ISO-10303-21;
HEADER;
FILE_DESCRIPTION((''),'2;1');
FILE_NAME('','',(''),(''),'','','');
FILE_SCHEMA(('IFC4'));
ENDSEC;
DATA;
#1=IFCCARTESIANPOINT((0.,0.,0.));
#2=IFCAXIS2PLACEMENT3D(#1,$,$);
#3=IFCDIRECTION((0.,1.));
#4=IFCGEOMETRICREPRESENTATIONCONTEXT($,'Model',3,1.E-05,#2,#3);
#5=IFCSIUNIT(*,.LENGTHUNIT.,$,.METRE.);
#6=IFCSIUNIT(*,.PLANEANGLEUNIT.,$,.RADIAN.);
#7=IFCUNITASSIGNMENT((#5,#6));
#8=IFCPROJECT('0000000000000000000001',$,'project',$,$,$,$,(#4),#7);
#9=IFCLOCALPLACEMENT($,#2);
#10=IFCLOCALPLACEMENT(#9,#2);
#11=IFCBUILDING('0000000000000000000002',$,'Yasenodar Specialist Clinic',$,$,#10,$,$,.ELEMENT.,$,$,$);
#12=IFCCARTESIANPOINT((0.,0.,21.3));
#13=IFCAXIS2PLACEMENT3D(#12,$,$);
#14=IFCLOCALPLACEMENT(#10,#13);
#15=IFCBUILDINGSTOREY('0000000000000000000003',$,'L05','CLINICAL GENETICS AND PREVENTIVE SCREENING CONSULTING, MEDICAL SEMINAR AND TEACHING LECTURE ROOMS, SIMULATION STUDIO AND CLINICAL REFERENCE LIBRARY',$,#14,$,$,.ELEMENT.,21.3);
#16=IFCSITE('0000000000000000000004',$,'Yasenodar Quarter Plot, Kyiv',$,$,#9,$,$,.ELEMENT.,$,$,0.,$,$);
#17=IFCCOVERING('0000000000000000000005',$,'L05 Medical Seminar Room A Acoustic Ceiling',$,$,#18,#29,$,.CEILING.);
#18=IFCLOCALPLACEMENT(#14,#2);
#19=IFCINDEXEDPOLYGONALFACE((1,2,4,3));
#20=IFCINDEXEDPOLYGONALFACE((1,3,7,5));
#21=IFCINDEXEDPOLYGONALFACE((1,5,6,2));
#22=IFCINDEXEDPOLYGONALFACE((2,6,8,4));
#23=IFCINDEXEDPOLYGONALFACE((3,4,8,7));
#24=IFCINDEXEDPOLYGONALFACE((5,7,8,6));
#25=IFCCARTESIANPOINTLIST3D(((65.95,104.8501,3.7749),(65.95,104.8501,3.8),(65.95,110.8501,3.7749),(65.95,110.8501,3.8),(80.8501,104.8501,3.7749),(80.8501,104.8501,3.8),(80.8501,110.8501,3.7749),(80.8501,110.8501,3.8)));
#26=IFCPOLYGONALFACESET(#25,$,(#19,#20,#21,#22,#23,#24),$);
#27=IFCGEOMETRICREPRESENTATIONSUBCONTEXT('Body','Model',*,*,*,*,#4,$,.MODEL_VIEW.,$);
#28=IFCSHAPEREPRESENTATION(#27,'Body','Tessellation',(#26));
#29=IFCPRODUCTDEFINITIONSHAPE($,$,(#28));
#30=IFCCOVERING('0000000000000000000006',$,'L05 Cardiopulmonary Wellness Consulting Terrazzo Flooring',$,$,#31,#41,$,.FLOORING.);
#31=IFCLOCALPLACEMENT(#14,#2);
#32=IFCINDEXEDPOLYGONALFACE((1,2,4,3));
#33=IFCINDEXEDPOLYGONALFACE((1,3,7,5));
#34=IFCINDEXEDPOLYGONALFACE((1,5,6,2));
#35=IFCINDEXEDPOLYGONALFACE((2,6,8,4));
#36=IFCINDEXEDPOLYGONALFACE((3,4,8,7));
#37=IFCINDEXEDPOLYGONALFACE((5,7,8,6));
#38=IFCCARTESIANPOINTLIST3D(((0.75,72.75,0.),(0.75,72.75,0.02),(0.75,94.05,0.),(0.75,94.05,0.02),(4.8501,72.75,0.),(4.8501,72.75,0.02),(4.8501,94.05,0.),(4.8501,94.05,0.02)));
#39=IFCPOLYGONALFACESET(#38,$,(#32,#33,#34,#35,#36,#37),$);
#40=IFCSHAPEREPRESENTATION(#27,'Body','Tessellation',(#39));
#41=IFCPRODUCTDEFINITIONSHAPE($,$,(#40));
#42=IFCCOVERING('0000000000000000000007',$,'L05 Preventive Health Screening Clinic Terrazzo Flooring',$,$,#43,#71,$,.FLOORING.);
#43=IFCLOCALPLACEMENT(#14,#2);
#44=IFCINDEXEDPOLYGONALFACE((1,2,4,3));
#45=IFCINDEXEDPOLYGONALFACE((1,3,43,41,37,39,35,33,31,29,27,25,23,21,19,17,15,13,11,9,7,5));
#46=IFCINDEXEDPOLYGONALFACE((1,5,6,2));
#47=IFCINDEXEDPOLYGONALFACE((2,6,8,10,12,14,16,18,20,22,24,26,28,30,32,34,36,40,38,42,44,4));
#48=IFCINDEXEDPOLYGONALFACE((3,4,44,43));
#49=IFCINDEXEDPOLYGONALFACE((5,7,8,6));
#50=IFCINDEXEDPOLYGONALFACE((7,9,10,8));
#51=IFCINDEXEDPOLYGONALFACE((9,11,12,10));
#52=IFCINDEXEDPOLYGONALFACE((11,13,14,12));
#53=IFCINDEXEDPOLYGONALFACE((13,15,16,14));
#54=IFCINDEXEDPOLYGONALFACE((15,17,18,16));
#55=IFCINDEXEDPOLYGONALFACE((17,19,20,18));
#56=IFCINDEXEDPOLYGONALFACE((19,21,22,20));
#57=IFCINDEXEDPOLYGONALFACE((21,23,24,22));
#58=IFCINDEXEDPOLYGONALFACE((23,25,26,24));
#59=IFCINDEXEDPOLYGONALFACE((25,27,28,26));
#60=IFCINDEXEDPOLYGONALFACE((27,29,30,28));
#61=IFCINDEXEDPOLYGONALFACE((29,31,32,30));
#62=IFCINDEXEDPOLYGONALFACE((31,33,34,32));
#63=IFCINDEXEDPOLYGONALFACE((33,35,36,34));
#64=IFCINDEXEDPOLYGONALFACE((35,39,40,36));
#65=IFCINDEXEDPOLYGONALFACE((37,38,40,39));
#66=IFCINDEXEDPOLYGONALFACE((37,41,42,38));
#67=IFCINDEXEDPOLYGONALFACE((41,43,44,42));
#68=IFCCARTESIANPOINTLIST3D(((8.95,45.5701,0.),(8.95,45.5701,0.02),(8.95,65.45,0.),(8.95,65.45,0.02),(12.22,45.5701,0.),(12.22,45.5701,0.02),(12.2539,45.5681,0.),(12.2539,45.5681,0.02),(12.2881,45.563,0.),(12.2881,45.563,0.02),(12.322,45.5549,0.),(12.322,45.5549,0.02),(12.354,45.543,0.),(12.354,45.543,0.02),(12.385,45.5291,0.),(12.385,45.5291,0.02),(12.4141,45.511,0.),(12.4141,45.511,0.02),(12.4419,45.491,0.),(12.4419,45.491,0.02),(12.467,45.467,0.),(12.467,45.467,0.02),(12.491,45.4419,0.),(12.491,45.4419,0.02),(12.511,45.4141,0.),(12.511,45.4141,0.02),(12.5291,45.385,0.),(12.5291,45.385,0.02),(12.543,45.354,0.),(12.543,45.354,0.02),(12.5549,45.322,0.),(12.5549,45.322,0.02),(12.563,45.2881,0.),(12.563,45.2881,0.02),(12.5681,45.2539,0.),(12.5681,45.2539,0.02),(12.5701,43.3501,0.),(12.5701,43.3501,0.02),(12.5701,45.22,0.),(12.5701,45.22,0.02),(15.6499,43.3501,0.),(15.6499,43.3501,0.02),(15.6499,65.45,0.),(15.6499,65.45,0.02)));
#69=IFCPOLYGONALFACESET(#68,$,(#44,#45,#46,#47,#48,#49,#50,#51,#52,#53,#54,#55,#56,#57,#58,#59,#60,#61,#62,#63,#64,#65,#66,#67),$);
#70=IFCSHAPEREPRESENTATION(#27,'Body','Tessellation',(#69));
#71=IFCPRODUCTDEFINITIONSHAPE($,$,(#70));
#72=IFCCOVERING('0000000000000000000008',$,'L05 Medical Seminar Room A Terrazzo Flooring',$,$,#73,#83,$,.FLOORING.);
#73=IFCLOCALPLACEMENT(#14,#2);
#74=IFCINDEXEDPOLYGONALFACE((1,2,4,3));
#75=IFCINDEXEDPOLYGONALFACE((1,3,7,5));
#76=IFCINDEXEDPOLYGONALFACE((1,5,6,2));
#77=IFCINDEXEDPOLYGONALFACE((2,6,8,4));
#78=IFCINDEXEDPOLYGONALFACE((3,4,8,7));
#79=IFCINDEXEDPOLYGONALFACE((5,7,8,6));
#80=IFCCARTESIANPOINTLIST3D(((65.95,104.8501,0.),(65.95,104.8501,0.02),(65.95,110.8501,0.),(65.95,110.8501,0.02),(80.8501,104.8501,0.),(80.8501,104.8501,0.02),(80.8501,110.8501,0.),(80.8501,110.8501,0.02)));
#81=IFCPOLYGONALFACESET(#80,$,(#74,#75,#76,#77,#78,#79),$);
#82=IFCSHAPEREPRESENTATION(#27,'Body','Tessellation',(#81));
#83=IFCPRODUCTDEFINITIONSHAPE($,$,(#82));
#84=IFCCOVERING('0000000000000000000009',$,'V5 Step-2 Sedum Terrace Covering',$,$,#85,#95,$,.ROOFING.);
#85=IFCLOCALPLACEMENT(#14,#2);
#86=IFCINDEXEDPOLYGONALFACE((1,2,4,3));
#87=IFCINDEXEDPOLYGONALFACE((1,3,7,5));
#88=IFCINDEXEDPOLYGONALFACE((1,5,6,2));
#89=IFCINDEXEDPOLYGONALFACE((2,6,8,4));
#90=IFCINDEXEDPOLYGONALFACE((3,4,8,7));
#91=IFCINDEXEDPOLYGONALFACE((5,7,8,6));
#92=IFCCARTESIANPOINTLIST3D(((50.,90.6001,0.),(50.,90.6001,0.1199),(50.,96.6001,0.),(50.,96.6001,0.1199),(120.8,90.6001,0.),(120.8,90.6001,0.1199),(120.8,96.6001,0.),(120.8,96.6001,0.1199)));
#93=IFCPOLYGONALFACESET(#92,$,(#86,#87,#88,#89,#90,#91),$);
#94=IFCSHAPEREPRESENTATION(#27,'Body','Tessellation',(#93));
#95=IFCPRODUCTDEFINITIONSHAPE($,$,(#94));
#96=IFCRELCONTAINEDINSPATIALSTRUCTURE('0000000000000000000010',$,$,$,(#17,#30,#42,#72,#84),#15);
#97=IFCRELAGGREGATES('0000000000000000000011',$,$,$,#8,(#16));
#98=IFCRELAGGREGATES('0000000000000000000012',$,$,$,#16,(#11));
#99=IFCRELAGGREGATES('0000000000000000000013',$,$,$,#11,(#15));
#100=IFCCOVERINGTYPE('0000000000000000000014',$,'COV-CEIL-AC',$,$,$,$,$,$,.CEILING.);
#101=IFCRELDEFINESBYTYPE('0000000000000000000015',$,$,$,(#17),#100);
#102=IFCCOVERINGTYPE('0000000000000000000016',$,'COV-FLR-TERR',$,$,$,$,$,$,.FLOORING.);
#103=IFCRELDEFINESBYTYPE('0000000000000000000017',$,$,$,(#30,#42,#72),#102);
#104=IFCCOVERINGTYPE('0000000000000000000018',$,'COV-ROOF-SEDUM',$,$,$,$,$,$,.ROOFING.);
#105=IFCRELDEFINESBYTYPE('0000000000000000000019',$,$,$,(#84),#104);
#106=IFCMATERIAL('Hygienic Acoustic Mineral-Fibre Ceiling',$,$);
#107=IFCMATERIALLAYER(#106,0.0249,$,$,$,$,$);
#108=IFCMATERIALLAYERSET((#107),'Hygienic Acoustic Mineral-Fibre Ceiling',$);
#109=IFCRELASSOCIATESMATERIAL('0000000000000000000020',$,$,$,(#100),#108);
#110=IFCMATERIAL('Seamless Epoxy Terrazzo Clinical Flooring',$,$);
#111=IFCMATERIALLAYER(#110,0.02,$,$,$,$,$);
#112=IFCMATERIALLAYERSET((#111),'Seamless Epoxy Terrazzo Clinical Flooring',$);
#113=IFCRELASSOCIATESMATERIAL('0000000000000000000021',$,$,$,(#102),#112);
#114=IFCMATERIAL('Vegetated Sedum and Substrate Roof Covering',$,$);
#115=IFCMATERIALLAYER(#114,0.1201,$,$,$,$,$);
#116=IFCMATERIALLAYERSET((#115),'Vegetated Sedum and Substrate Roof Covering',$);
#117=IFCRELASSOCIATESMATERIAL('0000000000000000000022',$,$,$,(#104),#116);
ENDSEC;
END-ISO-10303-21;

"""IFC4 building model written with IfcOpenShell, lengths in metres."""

from ifc_helpers import new_model, si_unit, direction, frame, origin, place, context, subcontext, project, spatial, polyline, outline, extrude, material, layer, layer_set, type_object, element, save


model = new_model("IFC4")

# Units and contexts
model_context = context("Model", 3, precision=1e-05, world=origin(), true_north=direction((0.0, 1.0)))
body_context = subcontext(model_context, "Body", "Model", "MODEL_VIEW")
ifc_project = project(units=[si_unit("LENGTHUNIT", "METRE"), si_unit("PLANEANGLEUNIT", "RADIAN")], contexts=[model_context])

# Site, building, storey
site_placement = place(None, origin())
site = spatial("IfcSite", under=ifc_project, at=site_placement, Name="Yasenodar Quarter Plot, Kyiv", CompositionType="ELEMENT", RefElevation=0.0)
building_placement = place(site_placement, origin())
building = spatial("IfcBuilding", under=site, at=building_placement, Name="Yasenodar Specialist Clinic", CompositionType="ELEMENT")
storey_placement = place(building_placement, frame((0.0, 0.0, 21.3)))
storey = spatial("IfcBuildingStorey", under=building, at=storey_placement, Name="L05", Description="CLINICAL GENETICS AND PREVENTIVE SCREENING CONSULTING, MEDICAL SEMINAR AND TEACHING LECTURE ROOMS, SIMULATION STUDIO AND CLINICAL REFERENCE LIBRARY", CompositionType="ELEMENT", Elevation=21.3)

# Coverings
ifc_material_1 = material(Name="Hygienic Acoustic Mineral-Fibre Ceiling")
ifc_layer_1 = layer(ifc_material_1, 0.0249)
ifc_layer_set_1 = layer_set([ifc_layer_1], Name="Hygienic Acoustic Mineral-Fibre Ceiling")
covering_type_1 = type_object("IfcCoveringType", Name="COV-CEIL-AC", PredefinedType="CEILING", material=ifc_layer_set_1)
covering_1_placement = place(storey_placement, frame((0.0, 0.0, 3.7749)))
element("IfcCovering", 1, at=covering_1_placement, inside=storey, type_object=covering_type_1, Name="L05 Medical Seminar Room A Acoustic Ceiling", PredefinedType="CEILING", context=body_context, shape_type="SweptSolid", body=[
    extrude(outline(polyline([(80.8501, 104.8501), (65.95, 104.8501), (65.95, 110.8501), (80.8501, 110.8501), (80.8501, 104.8501)])), origin(), (0.0, 0.0, 1.0), 0.0251),
])
ifc_material_2 = material(Name="Seamless Epoxy Terrazzo Clinical Flooring")
ifc_layer_2 = layer(ifc_material_2, 0.02)
ifc_layer_set_2 = layer_set([ifc_layer_2], Name="Seamless Epoxy Terrazzo Clinical Flooring")
covering_type_2 = type_object("IfcCoveringType", Name="COV-FLR-TERR", PredefinedType="FLOORING", material=ifc_layer_set_2)
covering_2_placement = place(storey_placement, origin())
element("IfcCovering", 2, at=covering_2_placement, inside=storey, type_object=covering_type_2, Name="L05 Cardiopulmonary Wellness Consulting Terrazzo Flooring", PredefinedType="FLOORING", context=body_context, shape_type="SweptSolid", body=[
    extrude(outline(polyline([(4.8501, 72.75), (0.75, 72.75), (0.75, 94.05), (4.8501, 94.05), (4.8501, 72.75)])), origin(), (0.0, 0.0, 1.0), 0.02),
])
covering_3_placement = place(storey_placement, origin())
element("IfcCovering", 3, at=covering_3_placement, inside=storey, type_object=covering_type_2, Name="L05 Preventive Health Screening Clinic Terrazzo Flooring", PredefinedType="FLOORING", context=body_context, shape_type="SweptSolid", body=[
    extrude(outline(polyline([(15.6499, 43.3501), (12.5701, 43.3501), (12.5701, 45.22), (12.5681, 45.2539), (12.563, 45.2881), (12.5549, 45.322), (12.543, 45.354), (12.5291, 45.385), (12.511, 45.4141), (12.491, 45.4419), (12.467, 45.467), (12.4419, 45.491), (12.4141, 45.511), (12.385, 45.5291), (12.354, 45.543), (12.322, 45.5549), (12.2881, 45.563), (12.2539, 45.5681), (12.22, 45.5701), (8.95, 45.5701), (8.95, 65.45), (15.6499, 65.45), (15.6499, 43.3501)])), origin(), (0.0, 0.0, 1.0), 0.02),
])
covering_4_placement = place(storey_placement, origin())
element("IfcCovering", 4, at=covering_4_placement, inside=storey, type_object=covering_type_2, Name="L05 Medical Seminar Room A Terrazzo Flooring", PredefinedType="FLOORING", context=body_context, shape_type="SweptSolid", body=[
    extrude(outline(polyline([(80.8501, 104.8501), (65.95, 104.8501), (65.95, 110.8501), (80.8501, 110.8501), (80.8501, 104.8501)])), origin(), (0.0, 0.0, 1.0), 0.02),
])
ifc_material_3 = material(Name="Vegetated Sedum and Substrate Roof Covering")
ifc_layer_3 = layer(ifc_material_3, 0.1201)
ifc_layer_set_3 = layer_set([ifc_layer_3], Name="Vegetated Sedum and Substrate Roof Covering")
covering_type_3 = type_object("IfcCoveringType", Name="COV-ROOF-SEDUM", PredefinedType="ROOFING", material=ifc_layer_set_3)
covering_5_placement = place(storey_placement, origin())
element("IfcCovering", 5, at=covering_5_placement, inside=storey, type_object=covering_type_3, Name="V5 Step-2 Sedum Terrace Covering", PredefinedType="ROOFING", context=body_context, shape_type="SweptSolid", body=[
    extrude(outline(polyline([(50.0, 90.6001), (120.8, 90.6001), (120.8, 96.6001), (50.0, 96.6001), (50.0, 90.6001)])), origin(), (0.0, 0.0, 1.0), 0.1199),
])

save(model, "model.ifc")
